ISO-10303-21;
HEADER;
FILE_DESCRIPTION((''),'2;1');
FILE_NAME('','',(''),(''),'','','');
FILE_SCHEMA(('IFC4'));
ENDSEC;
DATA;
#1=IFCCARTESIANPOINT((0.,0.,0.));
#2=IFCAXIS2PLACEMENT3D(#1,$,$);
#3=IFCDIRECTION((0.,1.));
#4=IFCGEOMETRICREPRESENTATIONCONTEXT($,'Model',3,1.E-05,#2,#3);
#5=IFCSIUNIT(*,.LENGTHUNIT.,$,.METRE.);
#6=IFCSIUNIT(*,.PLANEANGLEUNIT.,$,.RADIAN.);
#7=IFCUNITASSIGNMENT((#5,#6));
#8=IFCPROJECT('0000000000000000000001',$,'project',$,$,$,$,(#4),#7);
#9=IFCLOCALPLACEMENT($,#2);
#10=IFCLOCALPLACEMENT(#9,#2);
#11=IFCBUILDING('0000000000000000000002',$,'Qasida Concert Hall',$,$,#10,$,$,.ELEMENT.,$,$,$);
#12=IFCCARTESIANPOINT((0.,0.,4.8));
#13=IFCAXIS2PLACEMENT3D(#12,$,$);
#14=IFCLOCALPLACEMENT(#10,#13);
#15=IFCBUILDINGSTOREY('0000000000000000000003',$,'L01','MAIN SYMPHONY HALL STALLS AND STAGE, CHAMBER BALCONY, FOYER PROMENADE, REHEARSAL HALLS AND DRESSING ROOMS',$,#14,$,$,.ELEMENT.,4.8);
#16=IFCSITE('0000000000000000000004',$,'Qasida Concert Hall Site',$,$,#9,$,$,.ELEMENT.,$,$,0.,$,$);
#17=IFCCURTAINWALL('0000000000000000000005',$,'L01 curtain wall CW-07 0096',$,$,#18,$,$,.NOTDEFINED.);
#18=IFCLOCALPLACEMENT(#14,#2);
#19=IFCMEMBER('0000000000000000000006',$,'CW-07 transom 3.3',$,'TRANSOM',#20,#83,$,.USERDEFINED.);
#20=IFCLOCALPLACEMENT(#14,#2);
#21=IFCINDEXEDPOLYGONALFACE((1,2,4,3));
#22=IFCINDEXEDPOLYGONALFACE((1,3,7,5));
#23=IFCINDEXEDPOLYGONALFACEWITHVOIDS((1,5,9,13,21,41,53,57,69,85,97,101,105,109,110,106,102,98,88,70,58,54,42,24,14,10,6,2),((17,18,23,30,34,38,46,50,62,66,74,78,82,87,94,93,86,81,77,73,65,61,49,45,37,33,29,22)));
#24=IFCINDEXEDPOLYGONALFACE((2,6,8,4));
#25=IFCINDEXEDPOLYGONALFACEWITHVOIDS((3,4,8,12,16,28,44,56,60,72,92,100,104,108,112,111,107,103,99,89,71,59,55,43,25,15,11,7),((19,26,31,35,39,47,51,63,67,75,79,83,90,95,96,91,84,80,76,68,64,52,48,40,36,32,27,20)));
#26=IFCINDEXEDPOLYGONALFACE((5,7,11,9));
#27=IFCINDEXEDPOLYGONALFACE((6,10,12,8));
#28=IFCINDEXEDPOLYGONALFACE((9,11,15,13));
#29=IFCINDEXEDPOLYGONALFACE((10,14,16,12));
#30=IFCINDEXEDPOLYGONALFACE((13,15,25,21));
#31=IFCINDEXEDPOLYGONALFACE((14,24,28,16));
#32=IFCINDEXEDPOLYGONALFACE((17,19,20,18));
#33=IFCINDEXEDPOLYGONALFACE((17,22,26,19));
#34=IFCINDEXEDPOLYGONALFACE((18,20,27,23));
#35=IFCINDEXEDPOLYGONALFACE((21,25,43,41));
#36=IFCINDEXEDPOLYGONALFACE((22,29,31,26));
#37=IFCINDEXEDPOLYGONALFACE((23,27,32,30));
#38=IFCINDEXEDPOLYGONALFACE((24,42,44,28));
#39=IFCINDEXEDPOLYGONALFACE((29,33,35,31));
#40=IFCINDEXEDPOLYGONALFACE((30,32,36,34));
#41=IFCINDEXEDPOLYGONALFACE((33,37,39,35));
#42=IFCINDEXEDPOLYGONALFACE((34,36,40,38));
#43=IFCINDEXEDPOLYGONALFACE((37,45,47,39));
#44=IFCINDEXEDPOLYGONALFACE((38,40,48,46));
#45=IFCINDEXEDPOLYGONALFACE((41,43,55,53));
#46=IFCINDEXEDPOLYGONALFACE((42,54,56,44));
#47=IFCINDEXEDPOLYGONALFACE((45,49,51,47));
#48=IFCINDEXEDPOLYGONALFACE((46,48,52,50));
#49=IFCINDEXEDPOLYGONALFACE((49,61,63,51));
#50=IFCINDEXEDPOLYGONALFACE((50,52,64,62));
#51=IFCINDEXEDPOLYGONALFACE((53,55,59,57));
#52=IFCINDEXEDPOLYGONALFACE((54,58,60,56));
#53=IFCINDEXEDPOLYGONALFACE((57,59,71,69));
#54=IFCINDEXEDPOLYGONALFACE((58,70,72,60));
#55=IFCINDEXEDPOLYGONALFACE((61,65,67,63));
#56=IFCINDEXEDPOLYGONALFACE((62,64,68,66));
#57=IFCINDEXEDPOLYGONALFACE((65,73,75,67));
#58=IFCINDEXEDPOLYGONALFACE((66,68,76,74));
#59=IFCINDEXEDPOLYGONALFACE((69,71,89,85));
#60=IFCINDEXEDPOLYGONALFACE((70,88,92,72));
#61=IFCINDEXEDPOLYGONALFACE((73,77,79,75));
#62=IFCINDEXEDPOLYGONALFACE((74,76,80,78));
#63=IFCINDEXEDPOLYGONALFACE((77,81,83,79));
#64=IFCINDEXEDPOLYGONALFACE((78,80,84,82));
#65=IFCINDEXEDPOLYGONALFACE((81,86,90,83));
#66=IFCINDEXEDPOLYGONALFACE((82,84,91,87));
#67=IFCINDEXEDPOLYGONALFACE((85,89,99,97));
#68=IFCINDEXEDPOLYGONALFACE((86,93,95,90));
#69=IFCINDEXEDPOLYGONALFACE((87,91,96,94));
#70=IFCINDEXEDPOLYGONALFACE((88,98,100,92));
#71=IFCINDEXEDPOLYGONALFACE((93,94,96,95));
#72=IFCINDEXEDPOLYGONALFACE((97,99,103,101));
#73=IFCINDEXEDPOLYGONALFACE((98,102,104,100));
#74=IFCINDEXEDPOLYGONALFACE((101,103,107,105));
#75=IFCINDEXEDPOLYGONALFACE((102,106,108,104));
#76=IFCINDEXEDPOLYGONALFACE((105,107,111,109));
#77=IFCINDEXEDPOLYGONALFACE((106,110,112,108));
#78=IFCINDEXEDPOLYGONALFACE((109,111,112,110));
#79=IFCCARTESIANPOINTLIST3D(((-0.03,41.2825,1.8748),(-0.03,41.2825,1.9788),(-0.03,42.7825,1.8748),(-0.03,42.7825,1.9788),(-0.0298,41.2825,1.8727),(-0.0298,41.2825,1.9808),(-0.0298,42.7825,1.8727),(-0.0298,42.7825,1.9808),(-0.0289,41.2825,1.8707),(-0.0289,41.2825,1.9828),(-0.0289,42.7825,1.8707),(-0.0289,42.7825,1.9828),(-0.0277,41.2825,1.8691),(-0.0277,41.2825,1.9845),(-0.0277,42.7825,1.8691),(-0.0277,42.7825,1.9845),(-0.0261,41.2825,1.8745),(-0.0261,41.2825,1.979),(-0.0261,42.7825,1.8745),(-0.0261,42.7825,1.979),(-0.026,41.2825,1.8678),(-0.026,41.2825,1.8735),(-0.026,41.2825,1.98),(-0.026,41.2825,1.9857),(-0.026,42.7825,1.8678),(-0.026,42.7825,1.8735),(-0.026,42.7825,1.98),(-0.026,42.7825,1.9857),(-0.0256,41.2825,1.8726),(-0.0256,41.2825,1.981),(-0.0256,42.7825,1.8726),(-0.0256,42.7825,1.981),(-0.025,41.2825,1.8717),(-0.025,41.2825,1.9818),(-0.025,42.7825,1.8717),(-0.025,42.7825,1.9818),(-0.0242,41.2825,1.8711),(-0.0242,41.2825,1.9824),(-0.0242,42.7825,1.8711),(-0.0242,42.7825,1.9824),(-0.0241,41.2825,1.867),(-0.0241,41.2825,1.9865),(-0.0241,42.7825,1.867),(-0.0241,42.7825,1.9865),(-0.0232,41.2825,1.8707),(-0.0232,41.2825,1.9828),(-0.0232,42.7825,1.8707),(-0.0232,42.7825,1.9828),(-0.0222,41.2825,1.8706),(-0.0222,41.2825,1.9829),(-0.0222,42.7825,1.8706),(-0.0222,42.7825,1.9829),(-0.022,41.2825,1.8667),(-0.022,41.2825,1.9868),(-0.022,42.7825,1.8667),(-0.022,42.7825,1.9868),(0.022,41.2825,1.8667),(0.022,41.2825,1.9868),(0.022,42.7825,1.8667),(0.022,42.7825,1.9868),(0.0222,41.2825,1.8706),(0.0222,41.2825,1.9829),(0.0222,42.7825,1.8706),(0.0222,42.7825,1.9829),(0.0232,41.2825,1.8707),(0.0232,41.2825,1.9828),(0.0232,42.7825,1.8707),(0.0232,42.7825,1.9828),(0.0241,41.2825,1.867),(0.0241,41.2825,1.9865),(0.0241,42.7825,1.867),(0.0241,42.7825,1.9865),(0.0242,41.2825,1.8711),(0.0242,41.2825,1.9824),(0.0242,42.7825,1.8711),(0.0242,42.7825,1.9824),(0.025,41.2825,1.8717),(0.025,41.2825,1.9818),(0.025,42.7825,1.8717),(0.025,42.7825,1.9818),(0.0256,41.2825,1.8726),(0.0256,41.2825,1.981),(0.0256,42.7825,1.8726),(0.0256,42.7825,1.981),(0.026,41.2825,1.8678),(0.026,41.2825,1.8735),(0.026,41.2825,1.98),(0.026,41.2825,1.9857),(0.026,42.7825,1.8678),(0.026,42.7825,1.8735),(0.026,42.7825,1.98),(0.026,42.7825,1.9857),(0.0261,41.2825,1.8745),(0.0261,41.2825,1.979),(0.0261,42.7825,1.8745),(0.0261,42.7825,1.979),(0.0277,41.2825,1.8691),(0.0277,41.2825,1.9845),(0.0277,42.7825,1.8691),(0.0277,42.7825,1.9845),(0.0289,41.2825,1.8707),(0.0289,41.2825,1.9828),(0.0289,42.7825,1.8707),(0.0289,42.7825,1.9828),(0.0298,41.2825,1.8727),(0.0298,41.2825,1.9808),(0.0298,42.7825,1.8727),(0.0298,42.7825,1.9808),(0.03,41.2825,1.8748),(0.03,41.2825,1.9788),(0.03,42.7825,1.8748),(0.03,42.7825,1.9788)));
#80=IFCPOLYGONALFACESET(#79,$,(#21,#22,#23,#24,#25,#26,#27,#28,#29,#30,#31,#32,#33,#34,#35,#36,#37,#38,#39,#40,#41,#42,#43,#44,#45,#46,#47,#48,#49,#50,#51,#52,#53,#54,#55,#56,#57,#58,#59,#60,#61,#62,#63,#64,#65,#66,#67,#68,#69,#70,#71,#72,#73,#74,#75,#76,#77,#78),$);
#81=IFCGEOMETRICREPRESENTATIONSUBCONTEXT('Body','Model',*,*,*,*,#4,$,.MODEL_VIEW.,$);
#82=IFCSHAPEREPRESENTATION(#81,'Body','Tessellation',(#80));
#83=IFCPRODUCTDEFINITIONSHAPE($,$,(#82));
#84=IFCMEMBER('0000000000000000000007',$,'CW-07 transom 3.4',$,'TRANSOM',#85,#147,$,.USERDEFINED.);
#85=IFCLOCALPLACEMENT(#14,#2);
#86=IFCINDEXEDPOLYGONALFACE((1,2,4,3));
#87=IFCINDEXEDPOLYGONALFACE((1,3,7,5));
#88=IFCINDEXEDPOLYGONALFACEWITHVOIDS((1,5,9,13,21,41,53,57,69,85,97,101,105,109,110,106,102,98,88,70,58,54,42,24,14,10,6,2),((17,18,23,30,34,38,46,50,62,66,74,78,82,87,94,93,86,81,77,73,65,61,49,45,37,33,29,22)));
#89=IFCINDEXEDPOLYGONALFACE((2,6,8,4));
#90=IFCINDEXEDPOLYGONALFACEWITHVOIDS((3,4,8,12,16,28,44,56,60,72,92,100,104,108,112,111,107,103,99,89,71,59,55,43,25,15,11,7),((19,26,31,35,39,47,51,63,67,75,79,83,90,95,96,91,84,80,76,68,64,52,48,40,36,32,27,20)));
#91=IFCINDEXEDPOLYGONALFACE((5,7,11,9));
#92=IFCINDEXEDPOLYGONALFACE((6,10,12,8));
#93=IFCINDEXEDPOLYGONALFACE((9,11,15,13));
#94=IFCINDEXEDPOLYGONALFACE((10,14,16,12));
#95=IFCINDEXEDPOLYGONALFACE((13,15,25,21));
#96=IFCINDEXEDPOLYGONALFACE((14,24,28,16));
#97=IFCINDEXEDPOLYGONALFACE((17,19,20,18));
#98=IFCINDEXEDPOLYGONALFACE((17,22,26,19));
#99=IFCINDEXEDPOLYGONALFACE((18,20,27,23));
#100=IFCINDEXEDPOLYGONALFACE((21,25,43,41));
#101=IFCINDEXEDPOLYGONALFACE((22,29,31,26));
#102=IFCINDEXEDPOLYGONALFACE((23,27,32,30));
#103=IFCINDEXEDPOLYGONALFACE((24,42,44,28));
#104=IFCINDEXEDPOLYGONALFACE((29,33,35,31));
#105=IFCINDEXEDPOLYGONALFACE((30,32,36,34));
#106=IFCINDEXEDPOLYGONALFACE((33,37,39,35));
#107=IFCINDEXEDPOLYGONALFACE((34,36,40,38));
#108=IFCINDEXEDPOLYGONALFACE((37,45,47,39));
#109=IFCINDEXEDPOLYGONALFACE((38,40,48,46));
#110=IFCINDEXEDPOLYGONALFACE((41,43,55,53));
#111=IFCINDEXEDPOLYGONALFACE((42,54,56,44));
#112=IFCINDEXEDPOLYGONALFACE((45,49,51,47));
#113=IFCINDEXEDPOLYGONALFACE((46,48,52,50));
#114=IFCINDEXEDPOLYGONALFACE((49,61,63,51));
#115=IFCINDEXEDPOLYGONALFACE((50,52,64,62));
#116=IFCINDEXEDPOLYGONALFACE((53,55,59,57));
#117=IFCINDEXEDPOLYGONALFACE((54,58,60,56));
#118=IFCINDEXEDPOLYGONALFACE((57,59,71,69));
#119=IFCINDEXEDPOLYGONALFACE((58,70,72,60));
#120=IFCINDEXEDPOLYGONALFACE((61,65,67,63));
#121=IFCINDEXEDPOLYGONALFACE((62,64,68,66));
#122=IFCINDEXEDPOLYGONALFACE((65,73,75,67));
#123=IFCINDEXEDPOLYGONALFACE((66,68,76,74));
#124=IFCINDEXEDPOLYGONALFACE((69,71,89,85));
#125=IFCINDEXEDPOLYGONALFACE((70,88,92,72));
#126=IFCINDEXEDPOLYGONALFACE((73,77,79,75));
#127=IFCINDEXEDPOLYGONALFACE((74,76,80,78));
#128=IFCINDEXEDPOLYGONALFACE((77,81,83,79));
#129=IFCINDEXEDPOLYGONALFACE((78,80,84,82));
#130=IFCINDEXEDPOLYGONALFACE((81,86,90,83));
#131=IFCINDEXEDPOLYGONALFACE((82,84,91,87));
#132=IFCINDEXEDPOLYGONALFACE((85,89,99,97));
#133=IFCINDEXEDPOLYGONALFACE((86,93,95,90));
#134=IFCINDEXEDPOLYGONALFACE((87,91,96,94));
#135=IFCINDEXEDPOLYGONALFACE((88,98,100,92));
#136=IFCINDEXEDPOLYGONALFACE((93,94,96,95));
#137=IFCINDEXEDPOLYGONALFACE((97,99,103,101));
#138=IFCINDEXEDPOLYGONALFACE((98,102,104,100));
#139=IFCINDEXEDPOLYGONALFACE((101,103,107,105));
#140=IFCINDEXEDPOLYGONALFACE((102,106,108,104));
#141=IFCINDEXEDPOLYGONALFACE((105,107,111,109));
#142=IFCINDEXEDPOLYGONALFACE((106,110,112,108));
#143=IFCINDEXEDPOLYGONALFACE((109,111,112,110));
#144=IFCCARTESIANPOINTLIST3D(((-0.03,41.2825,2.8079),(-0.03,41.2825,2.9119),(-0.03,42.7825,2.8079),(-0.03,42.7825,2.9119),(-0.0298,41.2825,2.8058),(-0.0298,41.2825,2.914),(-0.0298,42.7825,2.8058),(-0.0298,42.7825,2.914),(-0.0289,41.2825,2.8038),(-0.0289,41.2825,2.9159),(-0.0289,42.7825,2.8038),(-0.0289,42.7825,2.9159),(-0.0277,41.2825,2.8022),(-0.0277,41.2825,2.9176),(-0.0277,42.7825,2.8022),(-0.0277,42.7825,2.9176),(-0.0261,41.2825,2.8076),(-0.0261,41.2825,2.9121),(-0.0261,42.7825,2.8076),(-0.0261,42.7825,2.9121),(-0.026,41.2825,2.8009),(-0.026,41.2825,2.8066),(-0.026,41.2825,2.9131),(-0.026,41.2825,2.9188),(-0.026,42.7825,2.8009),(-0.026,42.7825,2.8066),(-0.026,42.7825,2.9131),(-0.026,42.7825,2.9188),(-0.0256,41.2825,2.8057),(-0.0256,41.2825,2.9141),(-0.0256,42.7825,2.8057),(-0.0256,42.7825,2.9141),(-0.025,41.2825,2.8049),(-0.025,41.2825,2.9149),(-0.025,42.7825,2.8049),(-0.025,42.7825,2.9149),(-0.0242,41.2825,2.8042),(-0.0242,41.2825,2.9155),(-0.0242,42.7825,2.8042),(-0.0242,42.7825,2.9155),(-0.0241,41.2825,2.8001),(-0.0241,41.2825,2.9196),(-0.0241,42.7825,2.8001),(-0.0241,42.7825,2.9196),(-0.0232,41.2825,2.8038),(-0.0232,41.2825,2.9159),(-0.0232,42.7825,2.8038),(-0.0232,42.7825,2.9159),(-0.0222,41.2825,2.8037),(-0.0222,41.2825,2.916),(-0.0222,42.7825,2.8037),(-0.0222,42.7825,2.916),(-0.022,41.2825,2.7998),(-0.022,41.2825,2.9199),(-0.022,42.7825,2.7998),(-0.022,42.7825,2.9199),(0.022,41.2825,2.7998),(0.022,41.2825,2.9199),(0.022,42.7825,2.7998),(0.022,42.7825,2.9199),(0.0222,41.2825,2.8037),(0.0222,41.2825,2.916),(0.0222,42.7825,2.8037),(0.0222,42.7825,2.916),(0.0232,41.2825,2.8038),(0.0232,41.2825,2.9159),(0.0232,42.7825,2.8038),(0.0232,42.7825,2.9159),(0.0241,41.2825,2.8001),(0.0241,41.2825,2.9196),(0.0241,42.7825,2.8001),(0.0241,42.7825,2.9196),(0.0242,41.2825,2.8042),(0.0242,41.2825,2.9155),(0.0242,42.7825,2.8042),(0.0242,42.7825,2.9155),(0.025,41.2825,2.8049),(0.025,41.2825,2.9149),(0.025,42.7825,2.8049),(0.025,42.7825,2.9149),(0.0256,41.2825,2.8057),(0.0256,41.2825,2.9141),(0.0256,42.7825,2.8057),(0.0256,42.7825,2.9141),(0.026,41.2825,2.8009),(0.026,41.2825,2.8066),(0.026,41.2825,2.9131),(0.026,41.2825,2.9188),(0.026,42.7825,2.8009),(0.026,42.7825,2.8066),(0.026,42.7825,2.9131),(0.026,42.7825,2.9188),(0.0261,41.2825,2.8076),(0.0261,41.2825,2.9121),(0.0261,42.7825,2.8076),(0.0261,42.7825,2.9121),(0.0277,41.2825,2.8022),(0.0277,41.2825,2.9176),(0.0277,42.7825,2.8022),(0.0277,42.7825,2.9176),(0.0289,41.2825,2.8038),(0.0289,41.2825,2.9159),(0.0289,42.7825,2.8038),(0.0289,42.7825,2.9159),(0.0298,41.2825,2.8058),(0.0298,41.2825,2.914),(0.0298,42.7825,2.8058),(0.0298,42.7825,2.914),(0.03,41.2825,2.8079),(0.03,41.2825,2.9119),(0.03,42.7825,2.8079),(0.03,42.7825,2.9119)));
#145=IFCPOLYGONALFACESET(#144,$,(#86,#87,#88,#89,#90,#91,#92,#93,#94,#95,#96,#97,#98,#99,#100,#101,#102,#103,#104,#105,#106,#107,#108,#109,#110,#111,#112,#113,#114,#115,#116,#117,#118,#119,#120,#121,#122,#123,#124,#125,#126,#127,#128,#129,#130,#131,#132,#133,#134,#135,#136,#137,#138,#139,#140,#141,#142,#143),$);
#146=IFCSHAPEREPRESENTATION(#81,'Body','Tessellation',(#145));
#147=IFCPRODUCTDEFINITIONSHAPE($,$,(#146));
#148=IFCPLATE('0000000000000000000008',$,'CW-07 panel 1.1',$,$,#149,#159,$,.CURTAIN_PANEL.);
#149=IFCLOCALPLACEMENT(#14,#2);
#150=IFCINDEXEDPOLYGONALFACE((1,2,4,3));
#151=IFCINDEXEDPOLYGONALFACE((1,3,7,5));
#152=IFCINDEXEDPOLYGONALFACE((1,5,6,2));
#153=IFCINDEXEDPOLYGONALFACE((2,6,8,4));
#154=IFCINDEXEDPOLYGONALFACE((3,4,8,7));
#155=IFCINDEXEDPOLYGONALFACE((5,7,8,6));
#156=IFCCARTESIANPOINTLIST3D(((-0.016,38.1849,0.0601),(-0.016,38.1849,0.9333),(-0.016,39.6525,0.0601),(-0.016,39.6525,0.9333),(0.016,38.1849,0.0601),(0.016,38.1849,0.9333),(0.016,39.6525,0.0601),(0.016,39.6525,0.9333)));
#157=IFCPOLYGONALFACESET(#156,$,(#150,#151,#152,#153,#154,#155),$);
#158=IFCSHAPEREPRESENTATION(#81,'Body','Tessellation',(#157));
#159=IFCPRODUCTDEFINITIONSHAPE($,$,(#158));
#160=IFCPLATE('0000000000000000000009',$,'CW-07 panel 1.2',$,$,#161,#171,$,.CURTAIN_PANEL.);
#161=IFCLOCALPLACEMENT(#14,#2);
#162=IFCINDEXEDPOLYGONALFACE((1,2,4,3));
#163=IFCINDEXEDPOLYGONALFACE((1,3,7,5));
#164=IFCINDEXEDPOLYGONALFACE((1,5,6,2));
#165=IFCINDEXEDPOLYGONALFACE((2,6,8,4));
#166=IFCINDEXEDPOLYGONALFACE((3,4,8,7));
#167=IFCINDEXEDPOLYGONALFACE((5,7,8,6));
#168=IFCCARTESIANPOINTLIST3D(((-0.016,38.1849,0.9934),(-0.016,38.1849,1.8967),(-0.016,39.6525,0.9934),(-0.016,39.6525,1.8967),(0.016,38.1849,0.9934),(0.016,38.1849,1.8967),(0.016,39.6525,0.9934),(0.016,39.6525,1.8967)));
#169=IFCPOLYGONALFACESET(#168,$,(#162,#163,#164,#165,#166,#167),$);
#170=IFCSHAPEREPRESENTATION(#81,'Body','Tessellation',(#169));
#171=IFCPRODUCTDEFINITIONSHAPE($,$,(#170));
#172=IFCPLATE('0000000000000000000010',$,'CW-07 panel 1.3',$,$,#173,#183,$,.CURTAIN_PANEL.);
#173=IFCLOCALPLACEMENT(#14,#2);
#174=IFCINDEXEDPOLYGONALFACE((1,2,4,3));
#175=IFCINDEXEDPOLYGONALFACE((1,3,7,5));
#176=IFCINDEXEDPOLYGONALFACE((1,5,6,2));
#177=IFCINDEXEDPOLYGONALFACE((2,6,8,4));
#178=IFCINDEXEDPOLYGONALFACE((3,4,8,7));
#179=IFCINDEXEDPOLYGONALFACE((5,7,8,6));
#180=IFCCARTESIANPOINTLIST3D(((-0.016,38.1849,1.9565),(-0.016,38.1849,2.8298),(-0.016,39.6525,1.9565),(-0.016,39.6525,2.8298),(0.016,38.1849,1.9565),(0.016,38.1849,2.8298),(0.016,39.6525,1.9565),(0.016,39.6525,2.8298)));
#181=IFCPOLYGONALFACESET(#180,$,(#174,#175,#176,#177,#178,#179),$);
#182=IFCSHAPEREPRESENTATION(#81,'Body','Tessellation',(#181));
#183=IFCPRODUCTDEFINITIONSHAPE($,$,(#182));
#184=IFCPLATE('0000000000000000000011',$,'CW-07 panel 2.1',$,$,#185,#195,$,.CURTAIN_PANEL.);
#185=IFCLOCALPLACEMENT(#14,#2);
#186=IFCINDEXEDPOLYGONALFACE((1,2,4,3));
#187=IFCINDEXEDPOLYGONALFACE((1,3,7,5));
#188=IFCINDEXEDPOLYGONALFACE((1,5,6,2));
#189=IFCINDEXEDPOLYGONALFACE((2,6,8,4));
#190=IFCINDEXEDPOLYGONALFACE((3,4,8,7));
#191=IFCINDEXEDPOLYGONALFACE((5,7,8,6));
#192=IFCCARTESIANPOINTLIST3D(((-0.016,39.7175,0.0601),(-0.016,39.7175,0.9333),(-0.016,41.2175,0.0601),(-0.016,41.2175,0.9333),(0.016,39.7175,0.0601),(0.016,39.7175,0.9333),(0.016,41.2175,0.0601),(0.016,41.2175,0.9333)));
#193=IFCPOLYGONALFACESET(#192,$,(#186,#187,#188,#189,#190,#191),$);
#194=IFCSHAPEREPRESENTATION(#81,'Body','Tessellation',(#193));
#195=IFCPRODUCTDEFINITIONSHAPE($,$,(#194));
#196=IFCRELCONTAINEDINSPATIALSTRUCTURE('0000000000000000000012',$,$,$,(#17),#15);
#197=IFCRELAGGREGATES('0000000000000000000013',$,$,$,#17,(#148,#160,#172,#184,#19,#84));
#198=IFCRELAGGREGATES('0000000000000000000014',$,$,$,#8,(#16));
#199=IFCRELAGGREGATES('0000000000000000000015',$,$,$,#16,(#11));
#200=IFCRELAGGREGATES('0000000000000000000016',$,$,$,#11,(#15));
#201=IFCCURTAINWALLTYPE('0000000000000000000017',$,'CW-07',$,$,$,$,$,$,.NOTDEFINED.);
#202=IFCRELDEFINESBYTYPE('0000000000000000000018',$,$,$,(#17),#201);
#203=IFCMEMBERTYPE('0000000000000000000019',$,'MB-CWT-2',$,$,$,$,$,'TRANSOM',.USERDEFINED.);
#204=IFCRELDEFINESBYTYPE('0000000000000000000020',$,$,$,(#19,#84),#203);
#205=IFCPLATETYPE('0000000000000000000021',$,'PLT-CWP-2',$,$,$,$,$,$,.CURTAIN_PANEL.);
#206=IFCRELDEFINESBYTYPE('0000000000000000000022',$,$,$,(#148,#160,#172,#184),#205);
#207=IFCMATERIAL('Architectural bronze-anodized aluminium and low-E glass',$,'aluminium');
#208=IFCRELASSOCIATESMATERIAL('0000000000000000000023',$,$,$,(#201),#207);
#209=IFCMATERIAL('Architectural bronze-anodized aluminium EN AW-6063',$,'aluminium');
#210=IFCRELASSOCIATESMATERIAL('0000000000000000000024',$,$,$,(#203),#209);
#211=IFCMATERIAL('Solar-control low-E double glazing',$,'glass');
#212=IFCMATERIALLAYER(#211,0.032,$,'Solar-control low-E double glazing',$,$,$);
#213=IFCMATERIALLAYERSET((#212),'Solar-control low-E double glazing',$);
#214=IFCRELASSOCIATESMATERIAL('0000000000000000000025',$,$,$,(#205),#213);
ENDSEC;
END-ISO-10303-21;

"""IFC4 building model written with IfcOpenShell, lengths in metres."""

from ifc_helpers import new_model, si_unit, direction, frame, origin, origin_2d, place, context, subcontext, project, spatial, rectangle, hollow_rectangle, extrude, material, layer, layer_set, material_profile, profile_set, type_object, element, aggregate, save


model = new_model("IFC4")

# Units and contexts
model_context = context("Model", 3, precision=1e-05, world=origin(), true_north=direction((0.0, 1.0)))
body_context = subcontext(model_context, "Body", "Model", "MODEL_VIEW")
ifc_project = project(units=[si_unit("LENGTHUNIT", "METRE"), si_unit("PLANEANGLEUNIT", "RADIAN")], contexts=[model_context])

# Site, building, storey
site_placement = place(None, origin())
site = spatial("IfcSite", under=ifc_project, at=site_placement, Name="Qasida Concert Hall Site", CompositionType="ELEMENT", RefElevation=0.0)
building_placement = place(site_placement, origin())
building = spatial("IfcBuilding", under=site, at=building_placement, Name="Qasida Concert Hall", CompositionType="ELEMENT")
storey_placement = place(building_placement, frame((0.0, 0.0, 4.8)))
storey = spatial("IfcBuildingStorey", under=building, at=storey_placement, Name="L01", Description="MAIN SYMPHONY HALL STALLS AND STAGE, CHAMBER BALCONY, FOYER PROMENADE, REHEARSAL HALLS AND DRESSING ROOMS", CompositionType="ELEMENT", Elevation=4.8)

# Curtain wall, members, plates
ifc_material_1 = material(Name="Architectural bronze-anodized aluminium and low-E glass", Category="aluminium")
curtain_wall_type = type_object("IfcCurtainWallType", Name="CW-07", PredefinedType="NOTDEFINED", material=ifc_material_1)
curtain_wall_placement = place(storey_placement, origin())
curtain_wall = element("IfcCurtainWall", 1, at=curtain_wall_placement, inside=storey, type_object=curtain_wall_type, Name="L01 curtain wall CW-07 0096", PredefinedType="NOTDEFINED")
ifc_material_2 = material(Name="Architectural bronze-anodized aluminium EN AW-6063", Category="aluminium")
ifc_material_profile_1 = material_profile(ifc_material_2, hollow_rectangle(XDim=0.0601, YDim=0.1201, WallThickness=0.0039, InnerFilletRadius=0.0039, OuterFilletRadius=0.0081, at=origin_2d()), Name="CWT 120x60x4")
ifc_profile_set_1 = profile_set([ifc_material_profile_1], Name="Architectural bronze-anodized aluminium EN AW-6063")
member_type_1 = type_object("IfcMemberType", Name="MB-CWT-2", ElementType="TRANSOM", PredefinedType="USERDEFINED", material=ifc_profile_set_1)
member_1_placement = place(storey_placement, frame((0.0, 41.2825, 1.9268), z_axis=(0.0, 1.0, 0.0), x_axis=(-1.0, 0.0, 0.0)))
member_1 = element("IfcMember", 2, at=member_1_placement, type_object=member_type_1, Name="CW-07 transom 3.3", ObjectType="TRANSOM", PredefinedType="USERDEFINED", context=body_context, shape_type="SweptSolid", body=[
    extrude(hollow_rectangle(XDim=0.0601, YDim=0.1201, WallThickness=0.0039, InnerFilletRadius=0.0039, OuterFilletRadius=0.0081, at=origin_2d()), origin(), (0.0, 0.0, 1.0), 1.5),
])
member_2_placement = place(storey_placement, frame((0.0, 41.2825, 2.8599), z_axis=(0.0, 1.0, 0.0), x_axis=(-1.0, 0.0, 0.0)))
member_2 = element("IfcMember", 3, at=member_2_placement, type_object=member_type_1, Name="CW-07 transom 3.4", ObjectType="TRANSOM", PredefinedType="USERDEFINED", context=body_context, shape_type="SweptSolid", body=[
    extrude(hollow_rectangle(XDim=0.0601, YDim=0.1201, WallThickness=0.0039, InnerFilletRadius=0.0039, OuterFilletRadius=0.0081, at=origin_2d()), origin(), (0.0, 0.0, 1.0), 1.5),
])
ifc_material_3 = material(Name="Solar-control low-E double glazing", Category="glass")
ifc_layer_1 = layer(ifc_material_3, 0.032, Name="Solar-control low-E double glazing")
ifc_layer_set_1 = layer_set([ifc_layer_1], Name="Solar-control low-E double glazing")
plate_type = type_object("IfcPlateType", Name="PLT-CWP-2", PredefinedType="CURTAIN_PANEL", material=ifc_layer_set_1)
plate_1_placement = place(storey_placement, frame((0.0, 38.9187, 0.0601), z_axis=(0.0, 0.0, 1.0), x_axis=(0.0, 1.0, 0.0)))
plate_1 = element("IfcPlate", 4, at=plate_1_placement, type_object=plate_type, Name="CW-07 panel 1.1", PredefinedType="CURTAIN_PANEL", context=body_context, shape_type="SweptSolid", body=[
    extrude(rectangle(XDim=1.4675, YDim=0.032, at=origin_2d()), origin(), (0.0, 0.0, 1.0), 0.8733),
])
plate_2_placement = place(storey_placement, frame((0.0, 38.9187, 0.9934), z_axis=(0.0, 0.0, 1.0), x_axis=(0.0, 1.0, 0.0)))
plate_2 = element("IfcPlate", 5, at=plate_2_placement, type_object=plate_type, Name="CW-07 panel 1.2", PredefinedType="CURTAIN_PANEL", context=body_context, shape_type="SweptSolid", body=[
    extrude(rectangle(XDim=1.4675, YDim=0.032, at=origin_2d()), origin(), (0.0, 0.0, 1.0), 0.9033),
])
plate_3_placement = place(storey_placement, frame((0.0, 38.9187, 1.9565), z_axis=(0.0, 0.0, 1.0), x_axis=(0.0, 1.0, 0.0)))
plate_3 = element("IfcPlate", 6, at=plate_3_placement, type_object=plate_type, Name="CW-07 panel 1.3", PredefinedType="CURTAIN_PANEL", context=body_context, shape_type="SweptSolid", body=[
    extrude(rectangle(XDim=1.4675, YDim=0.032, at=origin_2d()), origin(), (0.0, 0.0, 1.0), 0.8733),
])
plate_4_placement = place(storey_placement, frame((0.0, 40.4675, 0.0601), z_axis=(0.0, 0.0, 1.0), x_axis=(0.0, 1.0, 0.0)))
plate_4 = element("IfcPlate", 7, at=plate_4_placement, type_object=plate_type, Name="CW-07 panel 2.1", PredefinedType="CURTAIN_PANEL", context=body_context, shape_type="SweptSolid", body=[
    extrude(rectangle(XDim=1.5, YDim=0.032, at=origin_2d()), origin(), (0.0, 0.0, 1.0), 0.8733),
])
aggregate(curtain_wall, [plate_1, plate_2, plate_3, plate_4, member_1, member_2])

save(model, "model.ifc")
